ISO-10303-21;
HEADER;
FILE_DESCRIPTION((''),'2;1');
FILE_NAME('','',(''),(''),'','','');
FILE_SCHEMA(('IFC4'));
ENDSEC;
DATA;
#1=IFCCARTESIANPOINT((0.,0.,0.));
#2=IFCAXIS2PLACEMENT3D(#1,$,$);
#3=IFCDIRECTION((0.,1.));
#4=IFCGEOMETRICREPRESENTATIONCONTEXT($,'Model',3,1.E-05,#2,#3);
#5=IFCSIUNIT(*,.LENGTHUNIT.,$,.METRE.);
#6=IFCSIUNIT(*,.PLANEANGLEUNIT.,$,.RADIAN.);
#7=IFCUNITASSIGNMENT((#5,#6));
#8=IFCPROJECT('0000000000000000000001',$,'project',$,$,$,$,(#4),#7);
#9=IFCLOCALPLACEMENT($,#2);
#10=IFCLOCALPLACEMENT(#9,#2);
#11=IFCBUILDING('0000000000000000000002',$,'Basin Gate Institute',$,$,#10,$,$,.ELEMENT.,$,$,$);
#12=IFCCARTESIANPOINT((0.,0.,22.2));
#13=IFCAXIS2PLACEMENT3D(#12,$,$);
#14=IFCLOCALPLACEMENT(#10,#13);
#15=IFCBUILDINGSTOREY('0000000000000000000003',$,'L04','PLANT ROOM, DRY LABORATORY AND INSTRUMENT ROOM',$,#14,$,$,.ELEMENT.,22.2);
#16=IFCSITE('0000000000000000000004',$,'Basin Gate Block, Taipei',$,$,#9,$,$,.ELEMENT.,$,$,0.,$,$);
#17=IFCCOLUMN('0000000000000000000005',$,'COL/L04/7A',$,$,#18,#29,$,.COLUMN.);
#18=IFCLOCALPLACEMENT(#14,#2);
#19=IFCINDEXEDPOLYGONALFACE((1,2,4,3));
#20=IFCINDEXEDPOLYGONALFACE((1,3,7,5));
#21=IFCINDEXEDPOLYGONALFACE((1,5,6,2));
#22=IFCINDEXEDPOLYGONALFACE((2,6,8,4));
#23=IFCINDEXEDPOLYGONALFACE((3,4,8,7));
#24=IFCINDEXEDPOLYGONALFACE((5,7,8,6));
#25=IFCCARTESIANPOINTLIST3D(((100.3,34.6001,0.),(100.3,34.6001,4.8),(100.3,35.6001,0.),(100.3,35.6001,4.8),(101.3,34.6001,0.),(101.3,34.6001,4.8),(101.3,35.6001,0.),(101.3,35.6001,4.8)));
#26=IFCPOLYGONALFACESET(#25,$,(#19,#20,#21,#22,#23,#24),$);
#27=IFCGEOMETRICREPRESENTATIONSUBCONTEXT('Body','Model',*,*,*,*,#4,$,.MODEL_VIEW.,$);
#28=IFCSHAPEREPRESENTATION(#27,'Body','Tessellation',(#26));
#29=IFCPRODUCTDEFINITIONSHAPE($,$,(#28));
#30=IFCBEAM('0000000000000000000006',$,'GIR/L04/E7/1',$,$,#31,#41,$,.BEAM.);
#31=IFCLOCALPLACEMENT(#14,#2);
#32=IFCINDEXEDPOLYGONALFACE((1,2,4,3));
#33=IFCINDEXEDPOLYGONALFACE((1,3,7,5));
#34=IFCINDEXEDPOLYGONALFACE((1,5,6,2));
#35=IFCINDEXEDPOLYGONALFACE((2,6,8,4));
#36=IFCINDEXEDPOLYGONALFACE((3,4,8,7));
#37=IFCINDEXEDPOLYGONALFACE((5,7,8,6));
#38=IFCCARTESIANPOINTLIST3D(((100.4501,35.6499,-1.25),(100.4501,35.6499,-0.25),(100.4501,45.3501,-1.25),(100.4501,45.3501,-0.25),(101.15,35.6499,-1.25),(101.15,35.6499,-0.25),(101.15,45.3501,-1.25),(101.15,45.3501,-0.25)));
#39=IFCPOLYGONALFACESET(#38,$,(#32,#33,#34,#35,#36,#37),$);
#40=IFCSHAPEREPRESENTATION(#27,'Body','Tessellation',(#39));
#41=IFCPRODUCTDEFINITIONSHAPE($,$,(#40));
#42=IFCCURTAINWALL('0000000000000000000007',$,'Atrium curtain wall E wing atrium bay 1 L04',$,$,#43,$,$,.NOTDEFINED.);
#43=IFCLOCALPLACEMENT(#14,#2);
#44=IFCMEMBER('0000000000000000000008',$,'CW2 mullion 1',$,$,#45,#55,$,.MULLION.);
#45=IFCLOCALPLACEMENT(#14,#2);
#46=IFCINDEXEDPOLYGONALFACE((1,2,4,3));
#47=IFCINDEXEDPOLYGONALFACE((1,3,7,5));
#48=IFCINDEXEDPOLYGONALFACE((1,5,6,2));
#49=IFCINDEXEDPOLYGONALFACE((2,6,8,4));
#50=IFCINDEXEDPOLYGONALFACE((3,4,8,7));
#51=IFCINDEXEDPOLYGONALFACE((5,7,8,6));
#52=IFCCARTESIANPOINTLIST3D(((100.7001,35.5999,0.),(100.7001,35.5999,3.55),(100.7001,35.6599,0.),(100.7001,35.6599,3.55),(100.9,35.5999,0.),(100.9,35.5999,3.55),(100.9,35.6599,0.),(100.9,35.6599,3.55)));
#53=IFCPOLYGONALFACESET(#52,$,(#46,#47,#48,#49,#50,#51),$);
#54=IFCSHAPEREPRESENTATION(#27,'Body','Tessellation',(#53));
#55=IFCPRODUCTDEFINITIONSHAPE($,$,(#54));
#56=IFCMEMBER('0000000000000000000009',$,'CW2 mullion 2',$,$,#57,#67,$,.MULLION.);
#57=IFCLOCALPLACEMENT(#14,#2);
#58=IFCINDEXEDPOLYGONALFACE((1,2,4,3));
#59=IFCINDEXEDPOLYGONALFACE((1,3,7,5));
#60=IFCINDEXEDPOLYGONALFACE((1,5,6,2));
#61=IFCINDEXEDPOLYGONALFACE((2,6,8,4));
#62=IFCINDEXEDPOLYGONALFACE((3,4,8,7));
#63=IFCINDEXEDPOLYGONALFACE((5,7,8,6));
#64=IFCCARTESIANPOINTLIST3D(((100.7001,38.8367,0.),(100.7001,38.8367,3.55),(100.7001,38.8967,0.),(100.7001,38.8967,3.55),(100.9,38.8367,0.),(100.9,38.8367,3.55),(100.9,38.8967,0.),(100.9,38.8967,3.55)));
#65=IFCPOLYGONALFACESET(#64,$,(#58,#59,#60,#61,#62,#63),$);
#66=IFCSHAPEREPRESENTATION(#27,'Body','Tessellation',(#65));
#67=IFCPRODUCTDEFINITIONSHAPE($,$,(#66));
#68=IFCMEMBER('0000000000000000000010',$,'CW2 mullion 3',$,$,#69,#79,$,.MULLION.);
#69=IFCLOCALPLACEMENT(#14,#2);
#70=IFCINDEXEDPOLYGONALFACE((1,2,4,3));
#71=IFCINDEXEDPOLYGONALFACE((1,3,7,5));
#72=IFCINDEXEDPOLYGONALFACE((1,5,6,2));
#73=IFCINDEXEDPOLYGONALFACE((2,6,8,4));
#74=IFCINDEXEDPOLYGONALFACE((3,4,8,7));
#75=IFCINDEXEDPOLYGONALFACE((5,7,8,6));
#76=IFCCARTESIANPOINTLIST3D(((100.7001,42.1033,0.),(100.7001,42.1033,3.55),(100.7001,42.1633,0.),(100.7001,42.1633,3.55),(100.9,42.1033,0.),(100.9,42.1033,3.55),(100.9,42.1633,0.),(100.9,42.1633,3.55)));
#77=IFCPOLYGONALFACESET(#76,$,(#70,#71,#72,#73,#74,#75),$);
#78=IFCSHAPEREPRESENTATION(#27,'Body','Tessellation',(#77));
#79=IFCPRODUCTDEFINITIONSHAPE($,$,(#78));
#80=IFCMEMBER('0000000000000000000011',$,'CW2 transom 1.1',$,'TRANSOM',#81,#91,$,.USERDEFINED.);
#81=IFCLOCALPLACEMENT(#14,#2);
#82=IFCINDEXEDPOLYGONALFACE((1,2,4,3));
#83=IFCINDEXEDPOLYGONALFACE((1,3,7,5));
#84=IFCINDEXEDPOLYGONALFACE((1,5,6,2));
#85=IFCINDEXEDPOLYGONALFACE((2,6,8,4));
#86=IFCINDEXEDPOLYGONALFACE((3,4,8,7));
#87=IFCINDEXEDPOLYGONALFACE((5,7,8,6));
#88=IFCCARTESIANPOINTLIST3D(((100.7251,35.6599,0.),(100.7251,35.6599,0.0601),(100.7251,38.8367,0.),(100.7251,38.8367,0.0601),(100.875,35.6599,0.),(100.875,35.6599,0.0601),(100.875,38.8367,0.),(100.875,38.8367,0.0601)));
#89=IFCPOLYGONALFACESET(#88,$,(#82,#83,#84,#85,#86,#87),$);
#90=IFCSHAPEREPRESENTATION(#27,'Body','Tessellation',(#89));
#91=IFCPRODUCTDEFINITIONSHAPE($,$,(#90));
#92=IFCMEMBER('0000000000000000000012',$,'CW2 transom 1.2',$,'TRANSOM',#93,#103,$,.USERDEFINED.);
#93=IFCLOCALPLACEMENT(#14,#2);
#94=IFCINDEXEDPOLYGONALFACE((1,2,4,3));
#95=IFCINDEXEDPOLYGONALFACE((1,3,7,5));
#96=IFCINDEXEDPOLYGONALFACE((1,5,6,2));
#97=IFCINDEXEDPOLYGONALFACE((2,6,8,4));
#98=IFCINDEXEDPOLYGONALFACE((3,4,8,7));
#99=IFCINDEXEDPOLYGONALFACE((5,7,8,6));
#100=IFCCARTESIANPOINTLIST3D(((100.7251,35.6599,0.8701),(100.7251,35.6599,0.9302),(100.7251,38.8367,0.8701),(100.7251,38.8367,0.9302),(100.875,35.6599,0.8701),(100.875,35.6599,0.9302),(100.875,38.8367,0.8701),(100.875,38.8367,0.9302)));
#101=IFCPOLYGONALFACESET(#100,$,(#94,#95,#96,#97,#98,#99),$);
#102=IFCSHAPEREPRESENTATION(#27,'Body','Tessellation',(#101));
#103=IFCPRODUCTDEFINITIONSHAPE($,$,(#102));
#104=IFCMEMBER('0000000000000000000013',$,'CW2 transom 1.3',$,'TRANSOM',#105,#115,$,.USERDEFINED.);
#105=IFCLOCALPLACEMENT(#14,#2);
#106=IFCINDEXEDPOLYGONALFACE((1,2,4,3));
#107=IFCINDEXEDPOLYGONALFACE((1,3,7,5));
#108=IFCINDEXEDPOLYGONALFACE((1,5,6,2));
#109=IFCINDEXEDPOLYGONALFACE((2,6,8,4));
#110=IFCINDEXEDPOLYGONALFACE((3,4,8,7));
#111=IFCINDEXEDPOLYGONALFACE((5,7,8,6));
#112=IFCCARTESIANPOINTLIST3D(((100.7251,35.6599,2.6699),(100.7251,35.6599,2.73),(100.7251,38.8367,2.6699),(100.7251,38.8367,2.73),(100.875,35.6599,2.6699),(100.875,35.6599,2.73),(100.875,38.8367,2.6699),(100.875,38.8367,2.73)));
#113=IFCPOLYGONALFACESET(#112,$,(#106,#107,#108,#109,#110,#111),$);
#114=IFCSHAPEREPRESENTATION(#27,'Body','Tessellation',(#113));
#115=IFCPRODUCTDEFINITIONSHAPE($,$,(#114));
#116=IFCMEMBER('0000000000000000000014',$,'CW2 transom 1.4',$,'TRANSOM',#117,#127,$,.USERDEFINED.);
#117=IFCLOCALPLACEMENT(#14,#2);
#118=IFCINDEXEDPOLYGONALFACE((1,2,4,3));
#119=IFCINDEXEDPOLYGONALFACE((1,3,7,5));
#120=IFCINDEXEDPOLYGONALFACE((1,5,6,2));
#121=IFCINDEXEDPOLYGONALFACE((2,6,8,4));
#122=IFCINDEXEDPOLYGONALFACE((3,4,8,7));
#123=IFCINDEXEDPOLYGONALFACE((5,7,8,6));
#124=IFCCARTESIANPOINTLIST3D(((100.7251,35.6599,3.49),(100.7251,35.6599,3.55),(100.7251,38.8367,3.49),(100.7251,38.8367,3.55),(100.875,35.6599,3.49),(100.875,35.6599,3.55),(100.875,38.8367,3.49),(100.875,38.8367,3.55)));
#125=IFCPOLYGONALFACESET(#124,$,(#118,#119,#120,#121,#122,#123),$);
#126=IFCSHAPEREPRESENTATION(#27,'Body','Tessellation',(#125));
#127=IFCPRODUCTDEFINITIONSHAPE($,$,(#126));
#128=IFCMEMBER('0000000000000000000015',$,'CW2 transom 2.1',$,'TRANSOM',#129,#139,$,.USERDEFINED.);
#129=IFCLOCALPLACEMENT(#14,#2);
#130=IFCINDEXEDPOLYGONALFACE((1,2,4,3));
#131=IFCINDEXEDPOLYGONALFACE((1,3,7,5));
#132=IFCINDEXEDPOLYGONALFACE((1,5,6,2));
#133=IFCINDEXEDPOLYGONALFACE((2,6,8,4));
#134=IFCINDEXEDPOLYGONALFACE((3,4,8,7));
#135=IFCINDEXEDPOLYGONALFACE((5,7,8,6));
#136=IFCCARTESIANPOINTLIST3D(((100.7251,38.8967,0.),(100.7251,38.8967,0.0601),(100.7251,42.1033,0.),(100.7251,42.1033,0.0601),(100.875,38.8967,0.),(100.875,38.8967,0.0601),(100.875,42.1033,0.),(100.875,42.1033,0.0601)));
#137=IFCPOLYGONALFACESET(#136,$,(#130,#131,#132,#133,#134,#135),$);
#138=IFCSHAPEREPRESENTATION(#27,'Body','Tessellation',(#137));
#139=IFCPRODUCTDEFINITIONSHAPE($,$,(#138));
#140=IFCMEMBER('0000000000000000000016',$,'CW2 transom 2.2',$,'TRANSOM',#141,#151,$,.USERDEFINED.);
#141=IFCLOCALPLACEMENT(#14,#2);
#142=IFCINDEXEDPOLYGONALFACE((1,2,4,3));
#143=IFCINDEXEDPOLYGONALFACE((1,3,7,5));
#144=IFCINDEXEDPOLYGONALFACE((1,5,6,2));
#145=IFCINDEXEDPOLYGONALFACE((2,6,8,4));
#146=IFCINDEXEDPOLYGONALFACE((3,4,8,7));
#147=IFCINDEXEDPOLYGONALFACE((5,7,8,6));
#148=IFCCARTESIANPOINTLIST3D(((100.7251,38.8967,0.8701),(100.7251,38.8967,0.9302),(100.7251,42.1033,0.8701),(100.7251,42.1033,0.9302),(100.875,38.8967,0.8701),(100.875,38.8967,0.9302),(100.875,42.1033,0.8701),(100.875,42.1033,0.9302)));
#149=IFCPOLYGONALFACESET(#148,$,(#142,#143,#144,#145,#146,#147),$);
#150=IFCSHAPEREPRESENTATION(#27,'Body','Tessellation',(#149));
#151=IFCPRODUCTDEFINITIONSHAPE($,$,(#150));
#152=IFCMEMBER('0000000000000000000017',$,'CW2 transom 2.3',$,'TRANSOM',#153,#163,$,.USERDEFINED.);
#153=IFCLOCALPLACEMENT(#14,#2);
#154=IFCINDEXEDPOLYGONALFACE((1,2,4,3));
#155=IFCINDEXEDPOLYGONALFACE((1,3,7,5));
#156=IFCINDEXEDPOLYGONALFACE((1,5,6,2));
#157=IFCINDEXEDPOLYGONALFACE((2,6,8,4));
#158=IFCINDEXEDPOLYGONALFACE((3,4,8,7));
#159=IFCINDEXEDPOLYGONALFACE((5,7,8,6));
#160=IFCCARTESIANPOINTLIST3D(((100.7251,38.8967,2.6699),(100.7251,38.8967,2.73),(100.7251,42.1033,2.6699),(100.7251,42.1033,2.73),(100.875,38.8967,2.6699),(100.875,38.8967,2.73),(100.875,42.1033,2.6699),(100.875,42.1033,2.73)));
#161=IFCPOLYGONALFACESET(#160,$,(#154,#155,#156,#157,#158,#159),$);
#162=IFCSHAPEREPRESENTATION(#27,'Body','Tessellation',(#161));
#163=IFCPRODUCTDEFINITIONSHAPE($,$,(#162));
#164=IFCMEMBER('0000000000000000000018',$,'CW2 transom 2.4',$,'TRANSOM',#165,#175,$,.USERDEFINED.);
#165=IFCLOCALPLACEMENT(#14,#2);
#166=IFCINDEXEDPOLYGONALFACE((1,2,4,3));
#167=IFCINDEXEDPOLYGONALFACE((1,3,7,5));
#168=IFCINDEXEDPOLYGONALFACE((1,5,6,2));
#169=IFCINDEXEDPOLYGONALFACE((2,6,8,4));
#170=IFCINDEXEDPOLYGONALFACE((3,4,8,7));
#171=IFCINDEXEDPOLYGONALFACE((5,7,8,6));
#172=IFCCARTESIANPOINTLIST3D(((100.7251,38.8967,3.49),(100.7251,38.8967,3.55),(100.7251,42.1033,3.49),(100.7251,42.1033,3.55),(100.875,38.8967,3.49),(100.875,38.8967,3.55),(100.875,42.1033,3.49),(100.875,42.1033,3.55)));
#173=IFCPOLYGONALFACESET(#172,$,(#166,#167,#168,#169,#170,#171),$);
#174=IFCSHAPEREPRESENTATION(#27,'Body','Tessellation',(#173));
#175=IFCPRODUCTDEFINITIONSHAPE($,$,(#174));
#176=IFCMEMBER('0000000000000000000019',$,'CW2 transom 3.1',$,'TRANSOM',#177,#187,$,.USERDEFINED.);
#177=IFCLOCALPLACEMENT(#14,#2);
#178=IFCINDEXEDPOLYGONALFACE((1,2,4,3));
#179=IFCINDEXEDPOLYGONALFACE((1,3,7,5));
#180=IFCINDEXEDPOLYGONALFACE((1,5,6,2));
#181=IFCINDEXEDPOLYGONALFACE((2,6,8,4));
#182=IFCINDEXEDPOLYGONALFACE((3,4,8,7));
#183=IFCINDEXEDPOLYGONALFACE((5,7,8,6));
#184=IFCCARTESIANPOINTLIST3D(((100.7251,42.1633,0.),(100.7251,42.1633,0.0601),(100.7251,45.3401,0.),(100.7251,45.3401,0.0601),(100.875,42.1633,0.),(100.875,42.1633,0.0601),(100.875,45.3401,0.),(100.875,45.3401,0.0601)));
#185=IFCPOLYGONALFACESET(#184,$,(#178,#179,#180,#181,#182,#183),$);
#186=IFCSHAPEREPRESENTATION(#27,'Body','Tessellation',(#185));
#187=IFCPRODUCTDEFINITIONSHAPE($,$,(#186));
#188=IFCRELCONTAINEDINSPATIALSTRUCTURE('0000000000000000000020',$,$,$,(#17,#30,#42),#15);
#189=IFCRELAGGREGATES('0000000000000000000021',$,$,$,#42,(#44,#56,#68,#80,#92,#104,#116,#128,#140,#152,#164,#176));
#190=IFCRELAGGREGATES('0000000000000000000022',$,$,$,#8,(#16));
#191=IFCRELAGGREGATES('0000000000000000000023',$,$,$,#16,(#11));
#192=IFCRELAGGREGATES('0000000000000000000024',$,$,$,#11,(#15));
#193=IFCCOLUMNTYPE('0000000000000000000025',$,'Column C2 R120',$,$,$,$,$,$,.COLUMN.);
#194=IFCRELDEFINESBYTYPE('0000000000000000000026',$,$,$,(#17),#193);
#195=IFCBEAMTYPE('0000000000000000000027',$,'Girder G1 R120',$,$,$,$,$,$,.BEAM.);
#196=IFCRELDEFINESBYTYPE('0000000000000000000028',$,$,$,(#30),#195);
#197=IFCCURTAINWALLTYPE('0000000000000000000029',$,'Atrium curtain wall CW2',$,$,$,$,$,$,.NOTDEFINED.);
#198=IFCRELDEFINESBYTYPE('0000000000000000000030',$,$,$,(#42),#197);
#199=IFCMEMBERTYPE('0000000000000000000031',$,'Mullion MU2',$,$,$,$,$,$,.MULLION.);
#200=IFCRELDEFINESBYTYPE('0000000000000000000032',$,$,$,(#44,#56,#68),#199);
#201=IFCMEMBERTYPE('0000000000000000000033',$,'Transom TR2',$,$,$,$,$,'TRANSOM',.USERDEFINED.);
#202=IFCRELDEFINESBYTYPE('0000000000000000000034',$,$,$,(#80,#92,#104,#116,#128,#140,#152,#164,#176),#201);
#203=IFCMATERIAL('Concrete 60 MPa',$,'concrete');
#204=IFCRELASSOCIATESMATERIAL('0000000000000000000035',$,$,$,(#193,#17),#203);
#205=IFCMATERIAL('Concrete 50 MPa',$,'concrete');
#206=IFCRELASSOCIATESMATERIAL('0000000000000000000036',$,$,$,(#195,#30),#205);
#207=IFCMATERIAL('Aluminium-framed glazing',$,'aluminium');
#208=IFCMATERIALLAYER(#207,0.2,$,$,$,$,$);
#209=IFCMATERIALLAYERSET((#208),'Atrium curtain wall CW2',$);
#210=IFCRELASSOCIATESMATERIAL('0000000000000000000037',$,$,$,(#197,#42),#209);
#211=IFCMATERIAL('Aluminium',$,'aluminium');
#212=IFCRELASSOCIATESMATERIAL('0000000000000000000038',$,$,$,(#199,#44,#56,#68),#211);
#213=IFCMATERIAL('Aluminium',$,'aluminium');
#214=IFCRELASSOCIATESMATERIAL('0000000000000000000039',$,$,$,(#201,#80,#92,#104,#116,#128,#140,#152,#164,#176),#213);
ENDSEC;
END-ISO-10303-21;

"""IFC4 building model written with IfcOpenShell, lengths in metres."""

from ifc_helpers import new_model, si_unit, direction, frame, origin, origin_2d, place, context, subcontext, project, spatial, rectangle, extrude, material, layer, layer_set, material_profile, profile_set, type_object, element, aggregate, save


model = new_model("IFC4")

# Units and contexts
model_context = context("Model", 3, precision=1e-05, world=origin(), true_north=direction((0.0, 1.0)))
body_context = subcontext(model_context, "Body", "Model", "MODEL_VIEW")
ifc_project = project(units=[si_unit("LENGTHUNIT", "METRE"), si_unit("PLANEANGLEUNIT", "RADIAN")], contexts=[model_context])

# Site, building, storey
site_placement = place(None, origin())
site = spatial("IfcSite", under=ifc_project, at=site_placement, Name="Basin Gate Block, Taipei", CompositionType="ELEMENT", RefElevation=0.0)
building_placement = place(site_placement, origin())
building = spatial("IfcBuilding", under=site, at=building_placement, Name="Basin Gate Institute", CompositionType="ELEMENT")
storey_placement = place(building_placement, frame((0.0, 0.0, 22.2)))
storey = spatial("IfcBuildingStorey", under=building, at=storey_placement, Name="L04", Description="PLANT ROOM, DRY LABORATORY AND INSTRUMENT ROOM", CompositionType="ELEMENT", Elevation=22.2)

# Column
ifc_material_1 = material(Name="Concrete 60 MPa", Category="concrete")
ifc_material_profile_1 = material_profile(ifc_material_1, rectangle(XDim=1.0, YDim=1.0, at=origin_2d()), Name="Column C2 1000 x 1000")
ifc_profile_set_1 = profile_set([ifc_material_profile_1], Name="Concrete 60 MPa")
column_type = type_object("IfcColumnType", Name="Column C2 R120", PredefinedType="COLUMN", material=ifc_profile_set_1)
column_placement = place(storey_placement, frame((100.8, 35.1001, 0.0), z_axis=(0.0, 0.0, 1.0), x_axis=(1.0, 0.0, 0.0)))
element("IfcColumn", 1, at=column_placement, inside=storey, type_object=column_type, material=ifc_profile_set_1, Name="COL/L04/7A", PredefinedType="COLUMN", context=body_context, shape_type="SweptSolid", body=[
    extrude(rectangle(XDim=1.0, YDim=1.0, at=origin_2d()), origin(), (0.0, 0.0, 1.0), 4.8),
])

# Beam
ifc_material_2 = material(Name="Concrete 50 MPa", Category="concrete")
ifc_material_profile_2 = material_profile(ifc_material_2, rectangle(XDim=0.7, YDim=1.0, at=origin_2d()), Name="Girder G1 700 x 1000")
ifc_profile_set_2 = profile_set([ifc_material_profile_2], Name="Concrete 50 MPa")
beam_type = type_object("IfcBeamType", Name="Girder G1 R120", PredefinedType="BEAM", material=ifc_profile_set_2)
beam_placement = place(storey_placement, frame((100.8, 35.6499, -0.75), z_axis=(0.0, 1.0, 0.0), x_axis=(-1.0, 0.0, 0.0)))
element("IfcBeam", 2, at=beam_placement, inside=storey, type_object=beam_type, material=ifc_profile_set_2, Name="GIR/L04/E7/1", PredefinedType="BEAM", context=body_context, shape_type="SweptSolid", body=[
    extrude(rectangle(XDim=0.7, YDim=1.0, at=origin_2d()), origin(), (0.0, 0.0, 1.0), 9.7002),
])

# Curtain wall, members
ifc_material_3 = material(Name="Aluminium-framed glazing", Category="aluminium")
ifc_layer_1 = layer(ifc_material_3, 0.2)
ifc_layer_set_1 = layer_set([ifc_layer_1], Name="Atrium curtain wall CW2")
curtain_wall_type = type_object("IfcCurtainWallType", Name="Atrium curtain wall CW2", PredefinedType="NOTDEFINED", material=ifc_layer_set_1)
curtain_wall_placement = place(storey_placement, origin())
curtain_wall = element("IfcCurtainWall", 3, at=curtain_wall_placement, inside=storey, type_object=curtain_wall_type, material=ifc_layer_set_1, Name="Atrium curtain wall E wing atrium bay 1 L04", PredefinedType="NOTDEFINED")
ifc_material_4 = material(Name="Aluminium", Category="aluminium")
ifc_material_profile_3 = material_profile(ifc_material_4, rectangle(XDim=0.2, YDim=0.0601, at=origin_2d()), Name="Mullion MU2 200 x 60")
ifc_profile_set_3 = profile_set([ifc_material_profile_3], Name="Aluminium")
member_type_1 = type_object("IfcMemberType", Name="Mullion MU2", PredefinedType="MULLION", material=ifc_profile_set_3)
member_1_placement = place(storey_placement, frame((100.8, 35.6299, 0.0), z_axis=(0.0, 0.0, 1.0), x_axis=(-1.0, 0.0, 0.0)))
member_1 = element("IfcMember", 4, at=member_1_placement, type_object=member_type_1, material=ifc_profile_set_3, Name="CW2 mullion 1", PredefinedType="MULLION", context=body_context, shape_type="SweptSolid", body=[
    extrude(rectangle(XDim=0.2, YDim=0.0601, at=origin_2d()), origin(), (0.0, 0.0, 1.0), 3.55),
])
member_2_placement = place(storey_placement, frame((100.8, 38.8667, 0.0), z_axis=(0.0, 0.0, 1.0), x_axis=(-1.0, 0.0, 0.0)))
member_2 = element("IfcMember", 5, at=member_2_placement, type_object=member_type_1, material=ifc_profile_set_3, Name="CW2 mullion 2", PredefinedType="MULLION", context=body_context, shape_type="SweptSolid", body=[
    extrude(rectangle(XDim=0.2, YDim=0.0601, at=origin_2d()), origin(), (0.0, 0.0, 1.0), 3.55),
])
member_3_placement = place(storey_placement, frame((100.8, 42.1333, 0.0), z_axis=(0.0, 0.0, 1.0), x_axis=(-1.0, 0.0, 0.0)))
member_3 = element("IfcMember", 6, at=member_3_placement, type_object=member_type_1, material=ifc_profile_set_3, Name="CW2 mullion 3", PredefinedType="MULLION", context=body_context, shape_type="SweptSolid", body=[
    extrude(rectangle(XDim=0.2, YDim=0.0601, at=origin_2d()), origin(), (0.0, 0.0, 1.0), 3.55),
])
ifc_material_5 = material(Name="Aluminium", Category="aluminium")
ifc_material_profile_4 = material_profile(ifc_material_5, rectangle(XDim=0.1499, YDim=0.0601, at=origin_2d()), Name="Transom TR2 150 x 60")
ifc_profile_set_4 = profile_set([ifc_material_profile_4], Name="Aluminium")
member_type_2 = type_object("IfcMemberType", Name="Transom TR2", ElementType="TRANSOM", PredefinedType="USERDEFINED", material=ifc_profile_set_4)
member_4_placement = place(storey_placement, frame((100.8, 35.6599, 0.03), z_axis=(0.0, 1.0, 0.0), x_axis=(-1.0, 0.0, 0.0)))
member_4 = element("IfcMember", 7, at=member_4_placement, type_object=member_type_2, material=ifc_profile_set_4, Name="CW2 transom 1.1", ObjectType="TRANSOM", PredefinedType="USERDEFINED", context=body_context, shape_type="SweptSolid", body=[
    extrude(rectangle(XDim=0.1499, YDim=0.0601, at=origin_2d()), origin(), (0.0, 0.0, 1.0), 3.1768),
])
member_5_placement = place(storey_placement, frame((100.8, 35.6599, 0.9001), z_axis=(0.0, 1.0, 0.0), x_axis=(-1.0, 0.0, 0.0)))
member_5 = element("IfcMember", 8, at=member_5_placement, type_object=member_type_2, material=ifc_profile_set_4, Name="CW2 transom 1.2", ObjectType="TRANSOM", PredefinedType="USERDEFINED", context=body_context, shape_type="SweptSolid", body=[
    extrude(rectangle(XDim=0.1499, YDim=0.0601, at=origin_2d()), origin(), (0.0, 0.0, 1.0), 3.1768),
])
member_6_placement = place(storey_placement, frame((100.8, 35.6599, 2.7), z_axis=(0.0, 1.0, 0.0), x_axis=(-1.0, 0.0, 0.0)))
member_6 = element("IfcMember", 9, at=member_6_placement, type_object=member_type_2, material=ifc_profile_set_4, Name="CW2 transom 1.3", ObjectType="TRANSOM", PredefinedType="USERDEFINED", context=body_context, shape_type="SweptSolid", body=[
    extrude(rectangle(XDim=0.1499, YDim=0.0601, at=origin_2d()), origin(), (0.0, 0.0, 1.0), 3.1768),
])
member_7_placement = place(storey_placement, frame((100.8, 35.6599, 3.52), z_axis=(0.0, 1.0, 0.0), x_axis=(-1.0, 0.0, 0.0)))
member_7 = element("IfcMember", 10, at=member_7_placement, type_object=member_type_2, material=ifc_profile_set_4, Name="CW2 transom 1.4", ObjectType="TRANSOM", PredefinedType="USERDEFINED", context=body_context, shape_type="SweptSolid", body=[
    extrude(rectangle(XDim=0.1499, YDim=0.0601, at=origin_2d()), origin(), (0.0, 0.0, 1.0), 3.1768),
])
member_8_placement = place(storey_placement, frame((100.8, 38.8967, 0.03), z_axis=(0.0, 1.0, 0.0), x_axis=(-1.0, 0.0, 0.0)))
member_8 = element("IfcMember", 11, at=member_8_placement, type_object=member_type_2, material=ifc_profile_set_4, Name="CW2 transom 2.1", ObjectType="TRANSOM", PredefinedType="USERDEFINED", context=body_context, shape_type="SweptSolid", body=[
    extrude(rectangle(XDim=0.1499, YDim=0.0601, at=origin_2d()), origin(), (0.0, 0.0, 1.0), 3.2065),
])
member_9_placement = place(storey_placement, frame((100.8, 38.8967, 0.9001), z_axis=(0.0, 1.0, 0.0), x_axis=(-1.0, 0.0, 0.0)))
member_9 = element("IfcMember", 12, at=member_9_placement, type_object=member_type_2, material=ifc_profile_set_4, Name="CW2 transom 2.2", ObjectType="TRANSOM", PredefinedType="USERDEFINED", context=body_context, shape_type="SweptSolid", body=[
    extrude(rectangle(XDim=0.1499, YDim=0.0601, at=origin_2d()), origin(), (0.0, 0.0, 1.0), 3.2065),
])
member_10_placement = place(storey_placement, frame((100.8, 38.8967, 2.7), z_axis=(0.0, 1.0, 0.0), x_axis=(-1.0, 0.0, 0.0)))
member_10 = element("IfcMember", 13, at=member_10_placement, type_object=member_type_2, material=ifc_profile_set_4, Name="CW2 transom 2.3", ObjectType="TRANSOM", PredefinedType="USERDEFINED", context=body_context, shape_type="SweptSolid", body=[
    extrude(rectangle(XDim=0.1499, YDim=0.0601, at=origin_2d()), origin(), (0.0, 0.0, 1.0), 3.2065),
])
member_11_placement = place(storey_placement, frame((100.8, 38.8967, 3.52), z_axis=(0.0, 1.0, 0.0), x_axis=(-1.0, 0.0, 0.0)))
member_11 = element("IfcMember", 14, at=member_11_placement, type_object=member_type_2, material=ifc_profile_set_4, Name="CW2 transom 2.4", ObjectType="TRANSOM", PredefinedType="USERDEFINED", context=body_context, shape_type="SweptSolid", body=[
    extrude(rectangle(XDim=0.1499, YDim=0.0601, at=origin_2d()), origin(), (0.0, 0.0, 1.0), 3.2065),
])
member_12_placement = place(storey_placement, frame((100.8, 42.1633, 0.03), z_axis=(0.0, 1.0, 0.0), x_axis=(-1.0, 0.0, 0.0)))
member_12 = element("IfcMember", 15, at=member_12_placement, type_object=member_type_2, material=ifc_profile_set_4, Name="CW2 transom 3.1", ObjectType="TRANSOM", PredefinedType="USERDEFINED", context=body_context, shape_type="SweptSolid", body=[
    extrude(rectangle(XDim=0.1499, YDim=0.0601, at=origin_2d()), origin(), (0.0, 0.0, 1.0), 3.1768),
])
aggregate(curtain_wall, [member_1, member_2, member_3, member_4, member_5, member_6, member_7, member_8, member_9, member_10, member_11, member_12])

save(model, "model.ifc")
